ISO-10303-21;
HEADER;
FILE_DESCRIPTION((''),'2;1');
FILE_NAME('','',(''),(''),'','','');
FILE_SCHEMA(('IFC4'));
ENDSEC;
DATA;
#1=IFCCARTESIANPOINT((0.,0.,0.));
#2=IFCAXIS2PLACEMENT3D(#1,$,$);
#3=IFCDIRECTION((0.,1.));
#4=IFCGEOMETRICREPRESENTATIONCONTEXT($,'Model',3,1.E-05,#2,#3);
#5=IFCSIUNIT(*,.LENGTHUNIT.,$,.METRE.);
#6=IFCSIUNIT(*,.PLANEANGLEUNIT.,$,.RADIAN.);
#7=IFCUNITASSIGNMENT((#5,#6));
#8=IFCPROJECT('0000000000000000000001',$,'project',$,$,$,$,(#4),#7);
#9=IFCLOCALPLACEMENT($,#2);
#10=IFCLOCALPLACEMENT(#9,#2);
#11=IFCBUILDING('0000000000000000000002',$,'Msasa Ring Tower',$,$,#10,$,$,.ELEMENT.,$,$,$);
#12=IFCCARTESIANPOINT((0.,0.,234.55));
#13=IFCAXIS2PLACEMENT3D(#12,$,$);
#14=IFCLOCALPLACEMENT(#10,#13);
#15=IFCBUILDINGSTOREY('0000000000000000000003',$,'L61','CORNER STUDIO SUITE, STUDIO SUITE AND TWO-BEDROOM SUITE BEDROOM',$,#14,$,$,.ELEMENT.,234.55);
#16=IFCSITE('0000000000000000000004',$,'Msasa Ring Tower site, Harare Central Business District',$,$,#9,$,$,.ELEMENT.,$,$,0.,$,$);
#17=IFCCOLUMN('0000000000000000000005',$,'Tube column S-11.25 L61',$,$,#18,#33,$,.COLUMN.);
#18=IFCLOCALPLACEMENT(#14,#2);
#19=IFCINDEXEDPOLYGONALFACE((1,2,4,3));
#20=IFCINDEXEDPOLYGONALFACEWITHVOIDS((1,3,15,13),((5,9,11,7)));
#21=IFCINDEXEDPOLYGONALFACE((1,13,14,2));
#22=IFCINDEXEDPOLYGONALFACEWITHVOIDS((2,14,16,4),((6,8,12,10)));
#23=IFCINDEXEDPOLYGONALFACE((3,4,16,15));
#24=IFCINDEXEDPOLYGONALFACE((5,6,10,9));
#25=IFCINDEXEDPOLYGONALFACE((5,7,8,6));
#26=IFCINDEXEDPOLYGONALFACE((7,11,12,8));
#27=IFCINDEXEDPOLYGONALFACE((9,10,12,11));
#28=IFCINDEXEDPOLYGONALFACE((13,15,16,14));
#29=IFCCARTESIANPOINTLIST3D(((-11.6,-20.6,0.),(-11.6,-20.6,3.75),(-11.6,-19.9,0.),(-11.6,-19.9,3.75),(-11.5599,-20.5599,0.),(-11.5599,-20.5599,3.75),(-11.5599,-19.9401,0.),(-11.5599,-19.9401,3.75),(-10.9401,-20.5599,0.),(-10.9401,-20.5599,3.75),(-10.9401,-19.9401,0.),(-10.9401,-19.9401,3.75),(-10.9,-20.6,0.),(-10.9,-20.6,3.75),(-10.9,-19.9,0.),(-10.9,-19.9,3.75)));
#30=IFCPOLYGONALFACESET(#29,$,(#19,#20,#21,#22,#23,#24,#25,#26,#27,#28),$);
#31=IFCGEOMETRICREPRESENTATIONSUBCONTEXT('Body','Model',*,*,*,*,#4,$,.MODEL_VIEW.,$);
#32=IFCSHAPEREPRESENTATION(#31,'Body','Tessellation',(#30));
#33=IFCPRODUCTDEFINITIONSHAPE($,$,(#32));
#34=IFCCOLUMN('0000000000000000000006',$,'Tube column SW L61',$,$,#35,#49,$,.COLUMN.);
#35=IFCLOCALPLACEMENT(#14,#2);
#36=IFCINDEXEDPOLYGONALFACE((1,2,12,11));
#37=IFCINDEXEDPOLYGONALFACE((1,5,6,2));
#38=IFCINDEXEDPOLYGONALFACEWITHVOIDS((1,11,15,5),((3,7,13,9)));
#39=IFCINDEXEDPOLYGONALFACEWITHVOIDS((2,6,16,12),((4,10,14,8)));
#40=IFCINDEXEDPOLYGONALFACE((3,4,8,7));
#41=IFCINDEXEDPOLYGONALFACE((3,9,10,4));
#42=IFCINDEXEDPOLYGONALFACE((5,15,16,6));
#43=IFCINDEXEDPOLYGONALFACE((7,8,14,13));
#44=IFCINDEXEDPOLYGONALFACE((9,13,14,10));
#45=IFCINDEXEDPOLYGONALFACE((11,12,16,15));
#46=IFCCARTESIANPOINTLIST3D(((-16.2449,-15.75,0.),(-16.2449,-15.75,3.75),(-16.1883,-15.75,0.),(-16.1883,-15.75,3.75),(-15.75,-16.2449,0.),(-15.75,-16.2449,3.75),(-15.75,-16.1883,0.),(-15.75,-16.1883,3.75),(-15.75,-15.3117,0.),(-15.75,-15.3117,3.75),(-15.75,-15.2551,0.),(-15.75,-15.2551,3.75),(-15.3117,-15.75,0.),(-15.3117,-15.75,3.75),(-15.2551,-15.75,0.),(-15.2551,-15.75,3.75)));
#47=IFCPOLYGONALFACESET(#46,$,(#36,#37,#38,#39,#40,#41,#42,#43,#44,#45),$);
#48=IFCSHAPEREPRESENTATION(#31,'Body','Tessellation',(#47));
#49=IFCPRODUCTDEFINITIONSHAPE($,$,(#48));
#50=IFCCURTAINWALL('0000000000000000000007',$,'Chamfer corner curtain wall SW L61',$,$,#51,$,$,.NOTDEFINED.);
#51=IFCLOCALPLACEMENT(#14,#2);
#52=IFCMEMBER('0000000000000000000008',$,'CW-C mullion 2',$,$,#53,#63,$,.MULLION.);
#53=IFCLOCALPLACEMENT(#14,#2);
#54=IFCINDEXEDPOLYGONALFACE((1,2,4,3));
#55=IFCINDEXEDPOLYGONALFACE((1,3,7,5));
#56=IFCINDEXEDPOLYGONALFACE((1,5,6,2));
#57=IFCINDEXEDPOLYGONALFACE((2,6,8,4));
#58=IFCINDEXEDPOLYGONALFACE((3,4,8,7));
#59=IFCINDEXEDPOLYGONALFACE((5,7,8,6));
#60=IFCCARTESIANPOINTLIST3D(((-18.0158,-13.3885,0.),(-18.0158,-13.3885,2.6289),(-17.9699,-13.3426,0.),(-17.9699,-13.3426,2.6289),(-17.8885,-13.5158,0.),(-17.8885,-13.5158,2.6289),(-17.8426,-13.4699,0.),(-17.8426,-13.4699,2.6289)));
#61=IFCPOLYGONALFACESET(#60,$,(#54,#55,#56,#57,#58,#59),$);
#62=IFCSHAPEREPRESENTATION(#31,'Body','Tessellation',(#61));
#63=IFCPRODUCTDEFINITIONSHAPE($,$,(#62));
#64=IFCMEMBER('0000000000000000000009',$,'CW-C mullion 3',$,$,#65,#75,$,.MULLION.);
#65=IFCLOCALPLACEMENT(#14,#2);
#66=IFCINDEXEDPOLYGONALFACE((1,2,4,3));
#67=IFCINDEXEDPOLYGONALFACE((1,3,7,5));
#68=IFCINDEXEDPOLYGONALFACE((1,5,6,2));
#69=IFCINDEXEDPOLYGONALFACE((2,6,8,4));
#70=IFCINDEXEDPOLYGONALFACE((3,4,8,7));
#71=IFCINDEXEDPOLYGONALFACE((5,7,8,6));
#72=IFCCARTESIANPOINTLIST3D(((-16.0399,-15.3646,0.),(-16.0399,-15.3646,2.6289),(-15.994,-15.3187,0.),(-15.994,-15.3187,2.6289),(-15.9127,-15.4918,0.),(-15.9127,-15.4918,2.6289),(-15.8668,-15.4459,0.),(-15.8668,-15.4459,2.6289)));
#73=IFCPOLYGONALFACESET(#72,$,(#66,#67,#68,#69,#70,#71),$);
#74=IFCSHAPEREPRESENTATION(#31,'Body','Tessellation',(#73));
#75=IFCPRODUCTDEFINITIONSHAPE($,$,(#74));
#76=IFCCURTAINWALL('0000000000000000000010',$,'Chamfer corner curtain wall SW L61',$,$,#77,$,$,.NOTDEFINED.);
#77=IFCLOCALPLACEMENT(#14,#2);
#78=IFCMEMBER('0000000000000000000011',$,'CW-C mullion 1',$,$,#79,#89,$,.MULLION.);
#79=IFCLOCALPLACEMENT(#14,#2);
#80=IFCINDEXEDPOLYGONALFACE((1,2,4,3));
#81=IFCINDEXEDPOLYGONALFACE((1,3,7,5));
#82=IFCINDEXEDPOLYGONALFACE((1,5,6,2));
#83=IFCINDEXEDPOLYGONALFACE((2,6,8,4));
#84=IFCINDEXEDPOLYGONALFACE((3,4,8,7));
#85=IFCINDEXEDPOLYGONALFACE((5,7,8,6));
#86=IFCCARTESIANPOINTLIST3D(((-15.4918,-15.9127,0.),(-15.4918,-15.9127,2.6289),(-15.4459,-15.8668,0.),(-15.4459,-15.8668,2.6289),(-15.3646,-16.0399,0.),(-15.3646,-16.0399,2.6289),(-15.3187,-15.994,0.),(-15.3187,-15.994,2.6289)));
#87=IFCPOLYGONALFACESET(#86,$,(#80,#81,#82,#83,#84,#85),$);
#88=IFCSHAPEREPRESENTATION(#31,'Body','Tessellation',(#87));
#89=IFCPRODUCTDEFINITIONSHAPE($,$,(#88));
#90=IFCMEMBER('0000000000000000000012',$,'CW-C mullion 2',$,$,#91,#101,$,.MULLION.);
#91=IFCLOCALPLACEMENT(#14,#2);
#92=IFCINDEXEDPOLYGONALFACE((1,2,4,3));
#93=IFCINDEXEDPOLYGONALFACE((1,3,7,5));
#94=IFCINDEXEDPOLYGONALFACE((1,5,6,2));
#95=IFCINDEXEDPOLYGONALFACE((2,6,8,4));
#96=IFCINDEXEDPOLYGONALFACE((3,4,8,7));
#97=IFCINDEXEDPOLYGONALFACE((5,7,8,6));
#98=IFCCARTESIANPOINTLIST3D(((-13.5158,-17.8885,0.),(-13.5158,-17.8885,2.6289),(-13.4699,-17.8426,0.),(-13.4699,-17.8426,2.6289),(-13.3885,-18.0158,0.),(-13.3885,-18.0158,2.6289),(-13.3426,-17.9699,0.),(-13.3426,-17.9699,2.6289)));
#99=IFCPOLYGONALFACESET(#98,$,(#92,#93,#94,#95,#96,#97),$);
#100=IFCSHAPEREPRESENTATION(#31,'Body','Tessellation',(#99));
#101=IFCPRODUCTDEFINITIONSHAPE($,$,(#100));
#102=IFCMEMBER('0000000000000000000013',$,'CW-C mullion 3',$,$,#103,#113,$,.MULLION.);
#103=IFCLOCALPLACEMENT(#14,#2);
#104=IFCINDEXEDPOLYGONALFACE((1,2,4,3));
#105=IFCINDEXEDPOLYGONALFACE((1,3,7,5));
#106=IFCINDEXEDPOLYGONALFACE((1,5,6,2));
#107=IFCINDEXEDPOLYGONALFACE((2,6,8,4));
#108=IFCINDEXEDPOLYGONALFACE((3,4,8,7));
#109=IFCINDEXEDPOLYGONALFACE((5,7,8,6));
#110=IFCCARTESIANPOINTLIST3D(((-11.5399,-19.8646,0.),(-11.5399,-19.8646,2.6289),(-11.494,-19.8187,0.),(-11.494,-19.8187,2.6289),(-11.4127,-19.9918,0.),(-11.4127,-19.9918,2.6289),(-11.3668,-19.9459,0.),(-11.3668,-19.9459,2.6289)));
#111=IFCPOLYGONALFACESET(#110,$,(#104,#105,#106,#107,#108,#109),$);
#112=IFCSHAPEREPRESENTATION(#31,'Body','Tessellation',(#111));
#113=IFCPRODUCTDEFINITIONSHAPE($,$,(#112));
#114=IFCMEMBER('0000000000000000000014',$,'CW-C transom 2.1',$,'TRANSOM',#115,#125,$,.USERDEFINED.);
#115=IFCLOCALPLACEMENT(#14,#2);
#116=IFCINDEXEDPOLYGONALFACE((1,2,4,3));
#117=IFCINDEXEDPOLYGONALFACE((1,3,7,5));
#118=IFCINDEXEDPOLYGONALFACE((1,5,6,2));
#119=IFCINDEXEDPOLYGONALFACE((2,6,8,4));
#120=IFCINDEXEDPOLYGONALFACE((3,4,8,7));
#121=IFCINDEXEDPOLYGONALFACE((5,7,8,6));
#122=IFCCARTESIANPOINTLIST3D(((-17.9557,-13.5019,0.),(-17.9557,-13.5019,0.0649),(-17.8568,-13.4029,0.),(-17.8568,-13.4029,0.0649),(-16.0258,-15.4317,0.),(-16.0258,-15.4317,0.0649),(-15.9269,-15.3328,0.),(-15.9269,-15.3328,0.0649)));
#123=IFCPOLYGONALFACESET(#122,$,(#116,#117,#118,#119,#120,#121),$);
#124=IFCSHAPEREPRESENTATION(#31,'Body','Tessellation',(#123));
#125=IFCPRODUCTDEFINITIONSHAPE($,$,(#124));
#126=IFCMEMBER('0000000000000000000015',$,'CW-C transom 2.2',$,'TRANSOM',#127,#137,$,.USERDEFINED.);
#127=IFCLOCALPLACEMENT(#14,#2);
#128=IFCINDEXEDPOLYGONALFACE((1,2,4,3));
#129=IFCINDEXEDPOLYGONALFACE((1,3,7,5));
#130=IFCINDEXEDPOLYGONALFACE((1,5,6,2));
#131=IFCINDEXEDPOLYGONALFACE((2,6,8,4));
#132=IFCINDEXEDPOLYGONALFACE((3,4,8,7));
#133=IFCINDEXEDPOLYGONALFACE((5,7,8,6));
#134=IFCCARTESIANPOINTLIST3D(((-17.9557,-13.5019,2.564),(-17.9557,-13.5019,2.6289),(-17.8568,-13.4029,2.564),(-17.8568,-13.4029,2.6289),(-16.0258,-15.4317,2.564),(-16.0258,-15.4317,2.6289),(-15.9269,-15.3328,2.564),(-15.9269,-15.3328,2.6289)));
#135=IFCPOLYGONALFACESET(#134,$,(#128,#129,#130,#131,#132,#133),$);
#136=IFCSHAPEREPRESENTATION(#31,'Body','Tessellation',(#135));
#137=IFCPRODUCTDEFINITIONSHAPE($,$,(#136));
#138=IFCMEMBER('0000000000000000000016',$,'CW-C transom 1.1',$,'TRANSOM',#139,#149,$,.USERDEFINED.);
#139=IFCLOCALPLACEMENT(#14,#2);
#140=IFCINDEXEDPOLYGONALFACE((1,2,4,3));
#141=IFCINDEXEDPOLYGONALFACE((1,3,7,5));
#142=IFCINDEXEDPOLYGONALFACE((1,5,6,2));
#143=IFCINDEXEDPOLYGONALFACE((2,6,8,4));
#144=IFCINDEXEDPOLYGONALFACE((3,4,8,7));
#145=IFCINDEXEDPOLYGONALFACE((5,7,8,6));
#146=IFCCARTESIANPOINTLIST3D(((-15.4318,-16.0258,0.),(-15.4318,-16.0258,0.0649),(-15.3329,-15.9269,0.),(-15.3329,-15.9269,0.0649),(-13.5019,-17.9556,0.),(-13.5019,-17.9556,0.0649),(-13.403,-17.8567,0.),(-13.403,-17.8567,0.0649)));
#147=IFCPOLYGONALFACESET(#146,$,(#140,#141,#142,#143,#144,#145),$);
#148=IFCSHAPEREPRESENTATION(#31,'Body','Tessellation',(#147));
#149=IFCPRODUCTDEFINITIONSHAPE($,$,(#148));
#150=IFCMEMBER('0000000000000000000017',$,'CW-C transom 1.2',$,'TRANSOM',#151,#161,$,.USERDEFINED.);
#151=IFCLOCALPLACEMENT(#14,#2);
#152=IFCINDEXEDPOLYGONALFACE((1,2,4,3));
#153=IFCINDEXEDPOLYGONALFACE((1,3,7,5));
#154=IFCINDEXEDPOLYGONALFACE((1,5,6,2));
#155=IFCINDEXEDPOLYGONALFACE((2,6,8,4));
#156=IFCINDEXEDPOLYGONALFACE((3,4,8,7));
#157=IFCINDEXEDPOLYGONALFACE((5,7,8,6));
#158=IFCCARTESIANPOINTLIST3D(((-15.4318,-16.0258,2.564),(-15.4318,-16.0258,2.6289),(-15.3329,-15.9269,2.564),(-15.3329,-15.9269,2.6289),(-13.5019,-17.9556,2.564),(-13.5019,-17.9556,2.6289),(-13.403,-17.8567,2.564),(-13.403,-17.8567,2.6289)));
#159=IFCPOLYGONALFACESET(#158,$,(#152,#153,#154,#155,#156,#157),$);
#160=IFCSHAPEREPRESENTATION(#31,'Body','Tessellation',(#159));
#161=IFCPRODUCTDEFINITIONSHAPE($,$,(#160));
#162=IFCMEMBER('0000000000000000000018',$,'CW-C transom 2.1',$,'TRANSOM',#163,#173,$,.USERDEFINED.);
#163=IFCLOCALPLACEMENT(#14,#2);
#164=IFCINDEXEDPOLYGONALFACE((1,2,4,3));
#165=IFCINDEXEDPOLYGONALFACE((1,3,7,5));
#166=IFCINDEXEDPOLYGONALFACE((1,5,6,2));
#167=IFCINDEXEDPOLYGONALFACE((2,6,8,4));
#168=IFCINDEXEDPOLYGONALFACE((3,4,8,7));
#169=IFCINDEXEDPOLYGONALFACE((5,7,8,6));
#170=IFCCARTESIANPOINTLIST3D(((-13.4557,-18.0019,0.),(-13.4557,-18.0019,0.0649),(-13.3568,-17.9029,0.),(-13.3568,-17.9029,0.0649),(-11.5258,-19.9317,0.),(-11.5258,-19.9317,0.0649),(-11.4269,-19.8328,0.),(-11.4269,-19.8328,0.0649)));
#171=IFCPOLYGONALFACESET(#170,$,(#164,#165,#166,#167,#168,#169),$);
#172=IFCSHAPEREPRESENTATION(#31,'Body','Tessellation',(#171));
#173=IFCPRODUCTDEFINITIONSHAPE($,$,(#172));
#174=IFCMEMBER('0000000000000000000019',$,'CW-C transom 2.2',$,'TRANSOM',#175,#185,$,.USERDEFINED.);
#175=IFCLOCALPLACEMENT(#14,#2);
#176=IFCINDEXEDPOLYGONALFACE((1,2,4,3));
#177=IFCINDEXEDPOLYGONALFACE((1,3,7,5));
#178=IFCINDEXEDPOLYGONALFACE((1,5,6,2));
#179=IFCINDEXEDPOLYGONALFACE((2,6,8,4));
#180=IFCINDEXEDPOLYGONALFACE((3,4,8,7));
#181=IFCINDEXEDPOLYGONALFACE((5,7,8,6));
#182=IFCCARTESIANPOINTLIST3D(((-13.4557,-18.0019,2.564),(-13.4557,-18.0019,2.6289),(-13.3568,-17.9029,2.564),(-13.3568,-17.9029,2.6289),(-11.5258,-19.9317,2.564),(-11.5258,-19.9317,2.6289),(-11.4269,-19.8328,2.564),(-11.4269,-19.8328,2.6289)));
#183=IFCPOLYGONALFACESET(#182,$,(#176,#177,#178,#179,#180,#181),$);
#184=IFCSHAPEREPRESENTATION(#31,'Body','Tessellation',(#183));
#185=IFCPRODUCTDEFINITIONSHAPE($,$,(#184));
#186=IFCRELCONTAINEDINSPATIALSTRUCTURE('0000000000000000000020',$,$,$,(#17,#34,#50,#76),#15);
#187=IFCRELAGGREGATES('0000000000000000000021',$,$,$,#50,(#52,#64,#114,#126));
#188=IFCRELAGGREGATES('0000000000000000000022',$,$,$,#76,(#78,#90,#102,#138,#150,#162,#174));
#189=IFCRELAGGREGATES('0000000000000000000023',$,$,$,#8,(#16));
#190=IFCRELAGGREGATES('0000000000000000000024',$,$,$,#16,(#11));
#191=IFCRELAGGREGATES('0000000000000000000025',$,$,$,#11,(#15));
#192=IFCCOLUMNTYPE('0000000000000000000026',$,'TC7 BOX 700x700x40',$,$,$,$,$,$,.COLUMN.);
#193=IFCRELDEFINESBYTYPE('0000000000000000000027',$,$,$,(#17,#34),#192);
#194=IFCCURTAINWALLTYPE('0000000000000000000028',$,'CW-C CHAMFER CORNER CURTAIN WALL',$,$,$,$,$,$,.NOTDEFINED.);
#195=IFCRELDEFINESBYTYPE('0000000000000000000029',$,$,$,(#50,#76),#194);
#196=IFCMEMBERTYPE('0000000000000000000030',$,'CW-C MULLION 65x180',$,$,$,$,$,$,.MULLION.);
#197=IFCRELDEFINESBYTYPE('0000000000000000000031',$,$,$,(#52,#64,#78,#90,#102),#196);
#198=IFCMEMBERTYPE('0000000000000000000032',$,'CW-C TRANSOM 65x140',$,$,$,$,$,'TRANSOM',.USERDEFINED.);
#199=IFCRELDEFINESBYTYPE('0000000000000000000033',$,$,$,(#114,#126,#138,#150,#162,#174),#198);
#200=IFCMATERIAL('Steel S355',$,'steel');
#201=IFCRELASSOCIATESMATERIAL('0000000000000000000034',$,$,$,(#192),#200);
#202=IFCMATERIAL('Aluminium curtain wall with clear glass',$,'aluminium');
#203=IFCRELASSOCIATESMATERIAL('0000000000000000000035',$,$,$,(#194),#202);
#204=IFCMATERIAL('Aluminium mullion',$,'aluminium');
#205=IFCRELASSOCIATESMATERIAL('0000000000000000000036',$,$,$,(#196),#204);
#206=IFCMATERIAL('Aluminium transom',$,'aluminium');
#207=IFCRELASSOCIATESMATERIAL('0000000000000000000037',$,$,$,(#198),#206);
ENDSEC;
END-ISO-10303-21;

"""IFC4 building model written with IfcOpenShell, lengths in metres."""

from ifc_helpers import new_model, si_unit, direction, frame, origin, origin_2d, place, context, subcontext, project, spatial, rectangle, hollow_rectangle, extrude, material, material_profile, profile_set, type_object, element, aggregate, save


model = new_model("IFC4")

# Units and contexts
model_context = context("Model", 3, precision=1e-05, world=origin(), true_north=direction((0.0, 1.0)))
body_context = subcontext(model_context, "Body", "Model", "MODEL_VIEW")
ifc_project = project(units=[si_unit("LENGTHUNIT", "METRE"), si_unit("PLANEANGLEUNIT", "RADIAN")], contexts=[model_context])

# Site, building, storey
site_placement = place(None, origin())
site = spatial("IfcSite", under=ifc_project, at=site_placement, Name="Msasa Ring Tower site, Harare Central Business District", CompositionType="ELEMENT", RefElevation=0.0)
building_placement = place(site_placement, origin())
building = spatial("IfcBuilding", under=site, at=building_placement, Name="Msasa Ring Tower", CompositionType="ELEMENT")
storey_placement = place(building_placement, frame((0.0, 0.0, 234.55)))
storey = spatial("IfcBuildingStorey", under=building, at=storey_placement, Name="L61", Description="CORNER STUDIO SUITE, STUDIO SUITE AND TWO-BEDROOM SUITE BEDROOM", CompositionType="ELEMENT", Elevation=234.55)

# Columns
ifc_material_1 = material(Name="Steel S355", Category="steel")
ifc_material_profile_1 = material_profile(ifc_material_1, hollow_rectangle(XDim=0.7, YDim=0.7, WallThickness=0.04, at=origin_2d()), Name="BOX 700x700x40")
ifc_profile_set_1 = profile_set([ifc_material_profile_1], Name="Steel S355")
column_type = type_object("IfcColumnType", Name="TC7 BOX 700x700x40", PredefinedType="COLUMN", material=ifc_profile_set_1)
for number, where, z_axis, x_axis, name in (
    (1, (-11.25, -20.25, 0.0), (0.0, 0.0, 1.0), (0.0, 1.0, 0.0), "Tube column S-11.25 L61"),
    (2, (-15.75, -15.75, 0.0), (0.0, 0.0, 1.0), (0.707107, 0.707107, 0.0), "Tube column SW L61"),
):
    element("IfcColumn", number, at=place(storey_placement, frame(where, z_axis=z_axis, x_axis=x_axis)), inside=storey, type_object=column_type, Name=name, PredefinedType="COLUMN", context=body_context, shape_type="SweptSolid", body=[
        extrude(hollow_rectangle(XDim=0.7, YDim=0.7, WallThickness=0.04, at=origin_2d()), origin(), (0.0, 0.0, 1.0), 3.75),
    ])

# Curtain walls, members
ifc_material_2 = material(Name="Aluminium curtain wall with clear glass", Category="aluminium")
curtain_wall_type = type_object("IfcCurtainWallType", Name="CW-C CHAMFER CORNER CURTAIN WALL", PredefinedType="NOTDEFINED", material=ifc_material_2)
curtain_wall_1_placement = place(storey_placement, origin())
curtain_wall_1 = element("IfcCurtainWall", 3, at=curtain_wall_1_placement, inside=storey, type_object=curtain_wall_type, Name="Chamfer corner curtain wall SW L61", PredefinedType="NOTDEFINED")
ifc_material_3 = material(Name="Aluminium mullion", Category="aluminium")
ifc_material_profile_2 = material_profile(ifc_material_3, rectangle(XDim=0.0649, YDim=0.1799, at=origin_2d()), Name="AL 65x180")
ifc_profile_set_2 = profile_set([ifc_material_profile_2], Name="Aluminium mullion")
member_type_1 = type_object("IfcMemberType", Name="CW-C MULLION 65x180", PredefinedType="MULLION", material=ifc_profile_set_2)
member_1_placement = place(storey_placement, frame((-17.9292, -13.4292, 0.0), z_axis=(0.0, 0.0, 1.0), x_axis=(0.707107, 0.707107, 0.0)))
member_1 = element("IfcMember", 4, at=member_1_placement, type_object=member_type_1, Name="CW-C mullion 2", PredefinedType="MULLION", context=body_context, shape_type="SweptSolid", body=[
    extrude(rectangle(XDim=0.0649, YDim=0.1799, at=origin_2d()), origin(), (0.0, 0.0, 1.0), 2.6289),
])
member_2_placement = place(storey_placement, frame((-15.9534, -15.4053, 0.0), z_axis=(0.0, 0.0, 1.0), x_axis=(0.707107, 0.707107, 0.0)))
member_2 = element("IfcMember", 5, at=member_2_placement, type_object=member_type_1, Name="CW-C mullion 3", PredefinedType="MULLION", context=body_context, shape_type="SweptSolid", body=[
    extrude(rectangle(XDim=0.0649, YDim=0.1799, at=origin_2d()), origin(), (0.0, 0.0, 1.0), 2.6289),
])
curtain_wall_2_placement = place(storey_placement, origin())
curtain_wall_2 = element("IfcCurtainWall", 6, at=curtain_wall_2_placement, inside=storey, type_object=curtain_wall_type, Name="Chamfer corner curtain wall SW L61", PredefinedType="NOTDEFINED")
member_3_placement = place(storey_placement, frame((-15.4053, -15.9534, 0.0), z_axis=(0.0, 0.0, 1.0), x_axis=(0.707107, 0.707107, 0.0)))
member_3 = element("IfcMember", 7, at=member_3_placement, type_object=member_type_1, Name="CW-C mullion 1", PredefinedType="MULLION", context=body_context, shape_type="SweptSolid", body=[
    extrude(rectangle(XDim=0.0649, YDim=0.1799, at=origin_2d()), origin(), (0.0, 0.0, 1.0), 2.6289),
])
member_4_placement = place(storey_placement, frame((-13.4292, -17.9292, 0.0), z_axis=(0.0, 0.0, 1.0), x_axis=(0.707107, 0.707107, 0.0)))
member_4 = element("IfcMember", 8, at=member_4_placement, type_object=member_type_1, Name="CW-C mullion 2", PredefinedType="MULLION", context=body_context, shape_type="SweptSolid", body=[
    extrude(rectangle(XDim=0.0649, YDim=0.1799, at=origin_2d()), origin(), (0.0, 0.0, 1.0), 2.6289),
])
member_5_placement = place(storey_placement, frame((-11.4534, -19.9053, 0.0), z_axis=(0.0, 0.0, 1.0), x_axis=(0.707107, 0.707107, 0.0)))
member_5 = element("IfcMember", 9, at=member_5_placement, type_object=member_type_1, Name="CW-C mullion 3", PredefinedType="MULLION", context=body_context, shape_type="SweptSolid", body=[
    extrude(rectangle(XDim=0.0649, YDim=0.1799, at=origin_2d()), origin(), (0.0, 0.0, 1.0), 2.6289),
])

# Members
ifc_material_4 = material(Name="Aluminium transom", Category="aluminium")
ifc_material_profile_3 = material_profile(ifc_material_4, rectangle(XDim=0.1399, YDim=0.0649, at=origin_2d()), Name="AL 65x140")
ifc_profile_set_3 = profile_set([ifc_material_profile_3], Name="Aluminium transom")
member_type_2 = type_object("IfcMemberType", Name="CW-C TRANSOM 65x140", ElementType="TRANSOM", PredefinedType="USERDEFINED", material=ifc_profile_set_3)
member_6_placement = place(storey_placement, frame((-17.9062, -13.4524, 0.0325), z_axis=(0.707107, -0.707107, 0.0), x_axis=(0.707107, 0.707107, 0.0)))
member_6 = element("IfcMember", 10, at=member_6_placement, type_object=member_type_2, Name="CW-C transom 2.1", ObjectType="TRANSOM", PredefinedType="USERDEFINED", context=body_context, shape_type="SweptSolid", body=[
    extrude(rectangle(XDim=0.1399, YDim=0.0649, at=origin_2d()), origin(), (0.0, 0.0, 1.0), 2.7292),
])
member_7_placement = place(storey_placement, frame((-17.9062, -13.4524, 2.5964), z_axis=(0.707107, -0.707107, 0.0), x_axis=(0.707107, 0.707107, 0.0)))
member_7 = element("IfcMember", 11, at=member_7_placement, type_object=member_type_2, Name="CW-C transom 2.2", ObjectType="TRANSOM", PredefinedType="USERDEFINED", context=body_context, shape_type="SweptSolid", body=[
    extrude(rectangle(XDim=0.1399, YDim=0.0649, at=origin_2d()), origin(), (0.0, 0.0, 1.0), 2.7292),
])
member_8_placement = place(storey_placement, frame((-15.3823, -15.9763, 0.0325), z_axis=(0.707107, -0.707107, 0.0), x_axis=(0.707107, 0.707107, 0.0)))
member_8 = element("IfcMember", 12, at=member_8_placement, type_object=member_type_2, Name="CW-C transom 1.1", ObjectType="TRANSOM", PredefinedType="USERDEFINED", context=body_context, shape_type="SweptSolid", body=[
    extrude(rectangle(XDim=0.1399, YDim=0.0649, at=origin_2d()), origin(), (0.0, 0.0, 1.0), 2.7292),
])
member_9_placement = place(storey_placement, frame((-15.3823, -15.9763, 2.5964), z_axis=(0.707107, -0.707107, 0.0), x_axis=(0.707107, 0.707107, 0.0)))
member_9 = element("IfcMember", 13, at=member_9_placement, type_object=member_type_2, Name="CW-C transom 1.2", ObjectType="TRANSOM", PredefinedType="USERDEFINED", context=body_context, shape_type="SweptSolid", body=[
    extrude(rectangle(XDim=0.1399, YDim=0.0649, at=origin_2d()), origin(), (0.0, 0.0, 1.0), 2.7292),
])
member_10_placement = place(storey_placement, frame((-13.4062, -17.9524, 0.0325), z_axis=(0.707107, -0.707107, 0.0), x_axis=(0.707107, 0.707107, 0.0)))
member_10 = element("IfcMember", 14, at=member_10_placement, type_object=member_type_2, Name="CW-C transom 2.1", ObjectType="TRANSOM", PredefinedType="USERDEFINED", context=body_context, shape_type="SweptSolid", body=[
    extrude(rectangle(XDim=0.1399, YDim=0.0649, at=origin_2d()), origin(), (0.0, 0.0, 1.0), 2.7292),
])
member_11_placement = place(storey_placement, frame((-13.4062, -17.9524, 2.5964), z_axis=(0.707107, -0.707107, 0.0), x_axis=(0.707107, 0.707107, 0.0)))
member_11 = element("IfcMember", 15, at=member_11_placement, type_object=member_type_2, Name="CW-C transom 2.2", ObjectType="TRANSOM", PredefinedType="USERDEFINED", context=body_context, shape_type="SweptSolid", body=[
    extrude(rectangle(XDim=0.1399, YDim=0.0649, at=origin_2d()), origin(), (0.0, 0.0, 1.0), 2.7292),
])

aggregate(curtain_wall_1, [member_1, member_2, member_6, member_7])
aggregate(curtain_wall_2, [member_3, member_4, member_5, member_8, member_9, member_10, member_11])

save(model, "model.ifc")
